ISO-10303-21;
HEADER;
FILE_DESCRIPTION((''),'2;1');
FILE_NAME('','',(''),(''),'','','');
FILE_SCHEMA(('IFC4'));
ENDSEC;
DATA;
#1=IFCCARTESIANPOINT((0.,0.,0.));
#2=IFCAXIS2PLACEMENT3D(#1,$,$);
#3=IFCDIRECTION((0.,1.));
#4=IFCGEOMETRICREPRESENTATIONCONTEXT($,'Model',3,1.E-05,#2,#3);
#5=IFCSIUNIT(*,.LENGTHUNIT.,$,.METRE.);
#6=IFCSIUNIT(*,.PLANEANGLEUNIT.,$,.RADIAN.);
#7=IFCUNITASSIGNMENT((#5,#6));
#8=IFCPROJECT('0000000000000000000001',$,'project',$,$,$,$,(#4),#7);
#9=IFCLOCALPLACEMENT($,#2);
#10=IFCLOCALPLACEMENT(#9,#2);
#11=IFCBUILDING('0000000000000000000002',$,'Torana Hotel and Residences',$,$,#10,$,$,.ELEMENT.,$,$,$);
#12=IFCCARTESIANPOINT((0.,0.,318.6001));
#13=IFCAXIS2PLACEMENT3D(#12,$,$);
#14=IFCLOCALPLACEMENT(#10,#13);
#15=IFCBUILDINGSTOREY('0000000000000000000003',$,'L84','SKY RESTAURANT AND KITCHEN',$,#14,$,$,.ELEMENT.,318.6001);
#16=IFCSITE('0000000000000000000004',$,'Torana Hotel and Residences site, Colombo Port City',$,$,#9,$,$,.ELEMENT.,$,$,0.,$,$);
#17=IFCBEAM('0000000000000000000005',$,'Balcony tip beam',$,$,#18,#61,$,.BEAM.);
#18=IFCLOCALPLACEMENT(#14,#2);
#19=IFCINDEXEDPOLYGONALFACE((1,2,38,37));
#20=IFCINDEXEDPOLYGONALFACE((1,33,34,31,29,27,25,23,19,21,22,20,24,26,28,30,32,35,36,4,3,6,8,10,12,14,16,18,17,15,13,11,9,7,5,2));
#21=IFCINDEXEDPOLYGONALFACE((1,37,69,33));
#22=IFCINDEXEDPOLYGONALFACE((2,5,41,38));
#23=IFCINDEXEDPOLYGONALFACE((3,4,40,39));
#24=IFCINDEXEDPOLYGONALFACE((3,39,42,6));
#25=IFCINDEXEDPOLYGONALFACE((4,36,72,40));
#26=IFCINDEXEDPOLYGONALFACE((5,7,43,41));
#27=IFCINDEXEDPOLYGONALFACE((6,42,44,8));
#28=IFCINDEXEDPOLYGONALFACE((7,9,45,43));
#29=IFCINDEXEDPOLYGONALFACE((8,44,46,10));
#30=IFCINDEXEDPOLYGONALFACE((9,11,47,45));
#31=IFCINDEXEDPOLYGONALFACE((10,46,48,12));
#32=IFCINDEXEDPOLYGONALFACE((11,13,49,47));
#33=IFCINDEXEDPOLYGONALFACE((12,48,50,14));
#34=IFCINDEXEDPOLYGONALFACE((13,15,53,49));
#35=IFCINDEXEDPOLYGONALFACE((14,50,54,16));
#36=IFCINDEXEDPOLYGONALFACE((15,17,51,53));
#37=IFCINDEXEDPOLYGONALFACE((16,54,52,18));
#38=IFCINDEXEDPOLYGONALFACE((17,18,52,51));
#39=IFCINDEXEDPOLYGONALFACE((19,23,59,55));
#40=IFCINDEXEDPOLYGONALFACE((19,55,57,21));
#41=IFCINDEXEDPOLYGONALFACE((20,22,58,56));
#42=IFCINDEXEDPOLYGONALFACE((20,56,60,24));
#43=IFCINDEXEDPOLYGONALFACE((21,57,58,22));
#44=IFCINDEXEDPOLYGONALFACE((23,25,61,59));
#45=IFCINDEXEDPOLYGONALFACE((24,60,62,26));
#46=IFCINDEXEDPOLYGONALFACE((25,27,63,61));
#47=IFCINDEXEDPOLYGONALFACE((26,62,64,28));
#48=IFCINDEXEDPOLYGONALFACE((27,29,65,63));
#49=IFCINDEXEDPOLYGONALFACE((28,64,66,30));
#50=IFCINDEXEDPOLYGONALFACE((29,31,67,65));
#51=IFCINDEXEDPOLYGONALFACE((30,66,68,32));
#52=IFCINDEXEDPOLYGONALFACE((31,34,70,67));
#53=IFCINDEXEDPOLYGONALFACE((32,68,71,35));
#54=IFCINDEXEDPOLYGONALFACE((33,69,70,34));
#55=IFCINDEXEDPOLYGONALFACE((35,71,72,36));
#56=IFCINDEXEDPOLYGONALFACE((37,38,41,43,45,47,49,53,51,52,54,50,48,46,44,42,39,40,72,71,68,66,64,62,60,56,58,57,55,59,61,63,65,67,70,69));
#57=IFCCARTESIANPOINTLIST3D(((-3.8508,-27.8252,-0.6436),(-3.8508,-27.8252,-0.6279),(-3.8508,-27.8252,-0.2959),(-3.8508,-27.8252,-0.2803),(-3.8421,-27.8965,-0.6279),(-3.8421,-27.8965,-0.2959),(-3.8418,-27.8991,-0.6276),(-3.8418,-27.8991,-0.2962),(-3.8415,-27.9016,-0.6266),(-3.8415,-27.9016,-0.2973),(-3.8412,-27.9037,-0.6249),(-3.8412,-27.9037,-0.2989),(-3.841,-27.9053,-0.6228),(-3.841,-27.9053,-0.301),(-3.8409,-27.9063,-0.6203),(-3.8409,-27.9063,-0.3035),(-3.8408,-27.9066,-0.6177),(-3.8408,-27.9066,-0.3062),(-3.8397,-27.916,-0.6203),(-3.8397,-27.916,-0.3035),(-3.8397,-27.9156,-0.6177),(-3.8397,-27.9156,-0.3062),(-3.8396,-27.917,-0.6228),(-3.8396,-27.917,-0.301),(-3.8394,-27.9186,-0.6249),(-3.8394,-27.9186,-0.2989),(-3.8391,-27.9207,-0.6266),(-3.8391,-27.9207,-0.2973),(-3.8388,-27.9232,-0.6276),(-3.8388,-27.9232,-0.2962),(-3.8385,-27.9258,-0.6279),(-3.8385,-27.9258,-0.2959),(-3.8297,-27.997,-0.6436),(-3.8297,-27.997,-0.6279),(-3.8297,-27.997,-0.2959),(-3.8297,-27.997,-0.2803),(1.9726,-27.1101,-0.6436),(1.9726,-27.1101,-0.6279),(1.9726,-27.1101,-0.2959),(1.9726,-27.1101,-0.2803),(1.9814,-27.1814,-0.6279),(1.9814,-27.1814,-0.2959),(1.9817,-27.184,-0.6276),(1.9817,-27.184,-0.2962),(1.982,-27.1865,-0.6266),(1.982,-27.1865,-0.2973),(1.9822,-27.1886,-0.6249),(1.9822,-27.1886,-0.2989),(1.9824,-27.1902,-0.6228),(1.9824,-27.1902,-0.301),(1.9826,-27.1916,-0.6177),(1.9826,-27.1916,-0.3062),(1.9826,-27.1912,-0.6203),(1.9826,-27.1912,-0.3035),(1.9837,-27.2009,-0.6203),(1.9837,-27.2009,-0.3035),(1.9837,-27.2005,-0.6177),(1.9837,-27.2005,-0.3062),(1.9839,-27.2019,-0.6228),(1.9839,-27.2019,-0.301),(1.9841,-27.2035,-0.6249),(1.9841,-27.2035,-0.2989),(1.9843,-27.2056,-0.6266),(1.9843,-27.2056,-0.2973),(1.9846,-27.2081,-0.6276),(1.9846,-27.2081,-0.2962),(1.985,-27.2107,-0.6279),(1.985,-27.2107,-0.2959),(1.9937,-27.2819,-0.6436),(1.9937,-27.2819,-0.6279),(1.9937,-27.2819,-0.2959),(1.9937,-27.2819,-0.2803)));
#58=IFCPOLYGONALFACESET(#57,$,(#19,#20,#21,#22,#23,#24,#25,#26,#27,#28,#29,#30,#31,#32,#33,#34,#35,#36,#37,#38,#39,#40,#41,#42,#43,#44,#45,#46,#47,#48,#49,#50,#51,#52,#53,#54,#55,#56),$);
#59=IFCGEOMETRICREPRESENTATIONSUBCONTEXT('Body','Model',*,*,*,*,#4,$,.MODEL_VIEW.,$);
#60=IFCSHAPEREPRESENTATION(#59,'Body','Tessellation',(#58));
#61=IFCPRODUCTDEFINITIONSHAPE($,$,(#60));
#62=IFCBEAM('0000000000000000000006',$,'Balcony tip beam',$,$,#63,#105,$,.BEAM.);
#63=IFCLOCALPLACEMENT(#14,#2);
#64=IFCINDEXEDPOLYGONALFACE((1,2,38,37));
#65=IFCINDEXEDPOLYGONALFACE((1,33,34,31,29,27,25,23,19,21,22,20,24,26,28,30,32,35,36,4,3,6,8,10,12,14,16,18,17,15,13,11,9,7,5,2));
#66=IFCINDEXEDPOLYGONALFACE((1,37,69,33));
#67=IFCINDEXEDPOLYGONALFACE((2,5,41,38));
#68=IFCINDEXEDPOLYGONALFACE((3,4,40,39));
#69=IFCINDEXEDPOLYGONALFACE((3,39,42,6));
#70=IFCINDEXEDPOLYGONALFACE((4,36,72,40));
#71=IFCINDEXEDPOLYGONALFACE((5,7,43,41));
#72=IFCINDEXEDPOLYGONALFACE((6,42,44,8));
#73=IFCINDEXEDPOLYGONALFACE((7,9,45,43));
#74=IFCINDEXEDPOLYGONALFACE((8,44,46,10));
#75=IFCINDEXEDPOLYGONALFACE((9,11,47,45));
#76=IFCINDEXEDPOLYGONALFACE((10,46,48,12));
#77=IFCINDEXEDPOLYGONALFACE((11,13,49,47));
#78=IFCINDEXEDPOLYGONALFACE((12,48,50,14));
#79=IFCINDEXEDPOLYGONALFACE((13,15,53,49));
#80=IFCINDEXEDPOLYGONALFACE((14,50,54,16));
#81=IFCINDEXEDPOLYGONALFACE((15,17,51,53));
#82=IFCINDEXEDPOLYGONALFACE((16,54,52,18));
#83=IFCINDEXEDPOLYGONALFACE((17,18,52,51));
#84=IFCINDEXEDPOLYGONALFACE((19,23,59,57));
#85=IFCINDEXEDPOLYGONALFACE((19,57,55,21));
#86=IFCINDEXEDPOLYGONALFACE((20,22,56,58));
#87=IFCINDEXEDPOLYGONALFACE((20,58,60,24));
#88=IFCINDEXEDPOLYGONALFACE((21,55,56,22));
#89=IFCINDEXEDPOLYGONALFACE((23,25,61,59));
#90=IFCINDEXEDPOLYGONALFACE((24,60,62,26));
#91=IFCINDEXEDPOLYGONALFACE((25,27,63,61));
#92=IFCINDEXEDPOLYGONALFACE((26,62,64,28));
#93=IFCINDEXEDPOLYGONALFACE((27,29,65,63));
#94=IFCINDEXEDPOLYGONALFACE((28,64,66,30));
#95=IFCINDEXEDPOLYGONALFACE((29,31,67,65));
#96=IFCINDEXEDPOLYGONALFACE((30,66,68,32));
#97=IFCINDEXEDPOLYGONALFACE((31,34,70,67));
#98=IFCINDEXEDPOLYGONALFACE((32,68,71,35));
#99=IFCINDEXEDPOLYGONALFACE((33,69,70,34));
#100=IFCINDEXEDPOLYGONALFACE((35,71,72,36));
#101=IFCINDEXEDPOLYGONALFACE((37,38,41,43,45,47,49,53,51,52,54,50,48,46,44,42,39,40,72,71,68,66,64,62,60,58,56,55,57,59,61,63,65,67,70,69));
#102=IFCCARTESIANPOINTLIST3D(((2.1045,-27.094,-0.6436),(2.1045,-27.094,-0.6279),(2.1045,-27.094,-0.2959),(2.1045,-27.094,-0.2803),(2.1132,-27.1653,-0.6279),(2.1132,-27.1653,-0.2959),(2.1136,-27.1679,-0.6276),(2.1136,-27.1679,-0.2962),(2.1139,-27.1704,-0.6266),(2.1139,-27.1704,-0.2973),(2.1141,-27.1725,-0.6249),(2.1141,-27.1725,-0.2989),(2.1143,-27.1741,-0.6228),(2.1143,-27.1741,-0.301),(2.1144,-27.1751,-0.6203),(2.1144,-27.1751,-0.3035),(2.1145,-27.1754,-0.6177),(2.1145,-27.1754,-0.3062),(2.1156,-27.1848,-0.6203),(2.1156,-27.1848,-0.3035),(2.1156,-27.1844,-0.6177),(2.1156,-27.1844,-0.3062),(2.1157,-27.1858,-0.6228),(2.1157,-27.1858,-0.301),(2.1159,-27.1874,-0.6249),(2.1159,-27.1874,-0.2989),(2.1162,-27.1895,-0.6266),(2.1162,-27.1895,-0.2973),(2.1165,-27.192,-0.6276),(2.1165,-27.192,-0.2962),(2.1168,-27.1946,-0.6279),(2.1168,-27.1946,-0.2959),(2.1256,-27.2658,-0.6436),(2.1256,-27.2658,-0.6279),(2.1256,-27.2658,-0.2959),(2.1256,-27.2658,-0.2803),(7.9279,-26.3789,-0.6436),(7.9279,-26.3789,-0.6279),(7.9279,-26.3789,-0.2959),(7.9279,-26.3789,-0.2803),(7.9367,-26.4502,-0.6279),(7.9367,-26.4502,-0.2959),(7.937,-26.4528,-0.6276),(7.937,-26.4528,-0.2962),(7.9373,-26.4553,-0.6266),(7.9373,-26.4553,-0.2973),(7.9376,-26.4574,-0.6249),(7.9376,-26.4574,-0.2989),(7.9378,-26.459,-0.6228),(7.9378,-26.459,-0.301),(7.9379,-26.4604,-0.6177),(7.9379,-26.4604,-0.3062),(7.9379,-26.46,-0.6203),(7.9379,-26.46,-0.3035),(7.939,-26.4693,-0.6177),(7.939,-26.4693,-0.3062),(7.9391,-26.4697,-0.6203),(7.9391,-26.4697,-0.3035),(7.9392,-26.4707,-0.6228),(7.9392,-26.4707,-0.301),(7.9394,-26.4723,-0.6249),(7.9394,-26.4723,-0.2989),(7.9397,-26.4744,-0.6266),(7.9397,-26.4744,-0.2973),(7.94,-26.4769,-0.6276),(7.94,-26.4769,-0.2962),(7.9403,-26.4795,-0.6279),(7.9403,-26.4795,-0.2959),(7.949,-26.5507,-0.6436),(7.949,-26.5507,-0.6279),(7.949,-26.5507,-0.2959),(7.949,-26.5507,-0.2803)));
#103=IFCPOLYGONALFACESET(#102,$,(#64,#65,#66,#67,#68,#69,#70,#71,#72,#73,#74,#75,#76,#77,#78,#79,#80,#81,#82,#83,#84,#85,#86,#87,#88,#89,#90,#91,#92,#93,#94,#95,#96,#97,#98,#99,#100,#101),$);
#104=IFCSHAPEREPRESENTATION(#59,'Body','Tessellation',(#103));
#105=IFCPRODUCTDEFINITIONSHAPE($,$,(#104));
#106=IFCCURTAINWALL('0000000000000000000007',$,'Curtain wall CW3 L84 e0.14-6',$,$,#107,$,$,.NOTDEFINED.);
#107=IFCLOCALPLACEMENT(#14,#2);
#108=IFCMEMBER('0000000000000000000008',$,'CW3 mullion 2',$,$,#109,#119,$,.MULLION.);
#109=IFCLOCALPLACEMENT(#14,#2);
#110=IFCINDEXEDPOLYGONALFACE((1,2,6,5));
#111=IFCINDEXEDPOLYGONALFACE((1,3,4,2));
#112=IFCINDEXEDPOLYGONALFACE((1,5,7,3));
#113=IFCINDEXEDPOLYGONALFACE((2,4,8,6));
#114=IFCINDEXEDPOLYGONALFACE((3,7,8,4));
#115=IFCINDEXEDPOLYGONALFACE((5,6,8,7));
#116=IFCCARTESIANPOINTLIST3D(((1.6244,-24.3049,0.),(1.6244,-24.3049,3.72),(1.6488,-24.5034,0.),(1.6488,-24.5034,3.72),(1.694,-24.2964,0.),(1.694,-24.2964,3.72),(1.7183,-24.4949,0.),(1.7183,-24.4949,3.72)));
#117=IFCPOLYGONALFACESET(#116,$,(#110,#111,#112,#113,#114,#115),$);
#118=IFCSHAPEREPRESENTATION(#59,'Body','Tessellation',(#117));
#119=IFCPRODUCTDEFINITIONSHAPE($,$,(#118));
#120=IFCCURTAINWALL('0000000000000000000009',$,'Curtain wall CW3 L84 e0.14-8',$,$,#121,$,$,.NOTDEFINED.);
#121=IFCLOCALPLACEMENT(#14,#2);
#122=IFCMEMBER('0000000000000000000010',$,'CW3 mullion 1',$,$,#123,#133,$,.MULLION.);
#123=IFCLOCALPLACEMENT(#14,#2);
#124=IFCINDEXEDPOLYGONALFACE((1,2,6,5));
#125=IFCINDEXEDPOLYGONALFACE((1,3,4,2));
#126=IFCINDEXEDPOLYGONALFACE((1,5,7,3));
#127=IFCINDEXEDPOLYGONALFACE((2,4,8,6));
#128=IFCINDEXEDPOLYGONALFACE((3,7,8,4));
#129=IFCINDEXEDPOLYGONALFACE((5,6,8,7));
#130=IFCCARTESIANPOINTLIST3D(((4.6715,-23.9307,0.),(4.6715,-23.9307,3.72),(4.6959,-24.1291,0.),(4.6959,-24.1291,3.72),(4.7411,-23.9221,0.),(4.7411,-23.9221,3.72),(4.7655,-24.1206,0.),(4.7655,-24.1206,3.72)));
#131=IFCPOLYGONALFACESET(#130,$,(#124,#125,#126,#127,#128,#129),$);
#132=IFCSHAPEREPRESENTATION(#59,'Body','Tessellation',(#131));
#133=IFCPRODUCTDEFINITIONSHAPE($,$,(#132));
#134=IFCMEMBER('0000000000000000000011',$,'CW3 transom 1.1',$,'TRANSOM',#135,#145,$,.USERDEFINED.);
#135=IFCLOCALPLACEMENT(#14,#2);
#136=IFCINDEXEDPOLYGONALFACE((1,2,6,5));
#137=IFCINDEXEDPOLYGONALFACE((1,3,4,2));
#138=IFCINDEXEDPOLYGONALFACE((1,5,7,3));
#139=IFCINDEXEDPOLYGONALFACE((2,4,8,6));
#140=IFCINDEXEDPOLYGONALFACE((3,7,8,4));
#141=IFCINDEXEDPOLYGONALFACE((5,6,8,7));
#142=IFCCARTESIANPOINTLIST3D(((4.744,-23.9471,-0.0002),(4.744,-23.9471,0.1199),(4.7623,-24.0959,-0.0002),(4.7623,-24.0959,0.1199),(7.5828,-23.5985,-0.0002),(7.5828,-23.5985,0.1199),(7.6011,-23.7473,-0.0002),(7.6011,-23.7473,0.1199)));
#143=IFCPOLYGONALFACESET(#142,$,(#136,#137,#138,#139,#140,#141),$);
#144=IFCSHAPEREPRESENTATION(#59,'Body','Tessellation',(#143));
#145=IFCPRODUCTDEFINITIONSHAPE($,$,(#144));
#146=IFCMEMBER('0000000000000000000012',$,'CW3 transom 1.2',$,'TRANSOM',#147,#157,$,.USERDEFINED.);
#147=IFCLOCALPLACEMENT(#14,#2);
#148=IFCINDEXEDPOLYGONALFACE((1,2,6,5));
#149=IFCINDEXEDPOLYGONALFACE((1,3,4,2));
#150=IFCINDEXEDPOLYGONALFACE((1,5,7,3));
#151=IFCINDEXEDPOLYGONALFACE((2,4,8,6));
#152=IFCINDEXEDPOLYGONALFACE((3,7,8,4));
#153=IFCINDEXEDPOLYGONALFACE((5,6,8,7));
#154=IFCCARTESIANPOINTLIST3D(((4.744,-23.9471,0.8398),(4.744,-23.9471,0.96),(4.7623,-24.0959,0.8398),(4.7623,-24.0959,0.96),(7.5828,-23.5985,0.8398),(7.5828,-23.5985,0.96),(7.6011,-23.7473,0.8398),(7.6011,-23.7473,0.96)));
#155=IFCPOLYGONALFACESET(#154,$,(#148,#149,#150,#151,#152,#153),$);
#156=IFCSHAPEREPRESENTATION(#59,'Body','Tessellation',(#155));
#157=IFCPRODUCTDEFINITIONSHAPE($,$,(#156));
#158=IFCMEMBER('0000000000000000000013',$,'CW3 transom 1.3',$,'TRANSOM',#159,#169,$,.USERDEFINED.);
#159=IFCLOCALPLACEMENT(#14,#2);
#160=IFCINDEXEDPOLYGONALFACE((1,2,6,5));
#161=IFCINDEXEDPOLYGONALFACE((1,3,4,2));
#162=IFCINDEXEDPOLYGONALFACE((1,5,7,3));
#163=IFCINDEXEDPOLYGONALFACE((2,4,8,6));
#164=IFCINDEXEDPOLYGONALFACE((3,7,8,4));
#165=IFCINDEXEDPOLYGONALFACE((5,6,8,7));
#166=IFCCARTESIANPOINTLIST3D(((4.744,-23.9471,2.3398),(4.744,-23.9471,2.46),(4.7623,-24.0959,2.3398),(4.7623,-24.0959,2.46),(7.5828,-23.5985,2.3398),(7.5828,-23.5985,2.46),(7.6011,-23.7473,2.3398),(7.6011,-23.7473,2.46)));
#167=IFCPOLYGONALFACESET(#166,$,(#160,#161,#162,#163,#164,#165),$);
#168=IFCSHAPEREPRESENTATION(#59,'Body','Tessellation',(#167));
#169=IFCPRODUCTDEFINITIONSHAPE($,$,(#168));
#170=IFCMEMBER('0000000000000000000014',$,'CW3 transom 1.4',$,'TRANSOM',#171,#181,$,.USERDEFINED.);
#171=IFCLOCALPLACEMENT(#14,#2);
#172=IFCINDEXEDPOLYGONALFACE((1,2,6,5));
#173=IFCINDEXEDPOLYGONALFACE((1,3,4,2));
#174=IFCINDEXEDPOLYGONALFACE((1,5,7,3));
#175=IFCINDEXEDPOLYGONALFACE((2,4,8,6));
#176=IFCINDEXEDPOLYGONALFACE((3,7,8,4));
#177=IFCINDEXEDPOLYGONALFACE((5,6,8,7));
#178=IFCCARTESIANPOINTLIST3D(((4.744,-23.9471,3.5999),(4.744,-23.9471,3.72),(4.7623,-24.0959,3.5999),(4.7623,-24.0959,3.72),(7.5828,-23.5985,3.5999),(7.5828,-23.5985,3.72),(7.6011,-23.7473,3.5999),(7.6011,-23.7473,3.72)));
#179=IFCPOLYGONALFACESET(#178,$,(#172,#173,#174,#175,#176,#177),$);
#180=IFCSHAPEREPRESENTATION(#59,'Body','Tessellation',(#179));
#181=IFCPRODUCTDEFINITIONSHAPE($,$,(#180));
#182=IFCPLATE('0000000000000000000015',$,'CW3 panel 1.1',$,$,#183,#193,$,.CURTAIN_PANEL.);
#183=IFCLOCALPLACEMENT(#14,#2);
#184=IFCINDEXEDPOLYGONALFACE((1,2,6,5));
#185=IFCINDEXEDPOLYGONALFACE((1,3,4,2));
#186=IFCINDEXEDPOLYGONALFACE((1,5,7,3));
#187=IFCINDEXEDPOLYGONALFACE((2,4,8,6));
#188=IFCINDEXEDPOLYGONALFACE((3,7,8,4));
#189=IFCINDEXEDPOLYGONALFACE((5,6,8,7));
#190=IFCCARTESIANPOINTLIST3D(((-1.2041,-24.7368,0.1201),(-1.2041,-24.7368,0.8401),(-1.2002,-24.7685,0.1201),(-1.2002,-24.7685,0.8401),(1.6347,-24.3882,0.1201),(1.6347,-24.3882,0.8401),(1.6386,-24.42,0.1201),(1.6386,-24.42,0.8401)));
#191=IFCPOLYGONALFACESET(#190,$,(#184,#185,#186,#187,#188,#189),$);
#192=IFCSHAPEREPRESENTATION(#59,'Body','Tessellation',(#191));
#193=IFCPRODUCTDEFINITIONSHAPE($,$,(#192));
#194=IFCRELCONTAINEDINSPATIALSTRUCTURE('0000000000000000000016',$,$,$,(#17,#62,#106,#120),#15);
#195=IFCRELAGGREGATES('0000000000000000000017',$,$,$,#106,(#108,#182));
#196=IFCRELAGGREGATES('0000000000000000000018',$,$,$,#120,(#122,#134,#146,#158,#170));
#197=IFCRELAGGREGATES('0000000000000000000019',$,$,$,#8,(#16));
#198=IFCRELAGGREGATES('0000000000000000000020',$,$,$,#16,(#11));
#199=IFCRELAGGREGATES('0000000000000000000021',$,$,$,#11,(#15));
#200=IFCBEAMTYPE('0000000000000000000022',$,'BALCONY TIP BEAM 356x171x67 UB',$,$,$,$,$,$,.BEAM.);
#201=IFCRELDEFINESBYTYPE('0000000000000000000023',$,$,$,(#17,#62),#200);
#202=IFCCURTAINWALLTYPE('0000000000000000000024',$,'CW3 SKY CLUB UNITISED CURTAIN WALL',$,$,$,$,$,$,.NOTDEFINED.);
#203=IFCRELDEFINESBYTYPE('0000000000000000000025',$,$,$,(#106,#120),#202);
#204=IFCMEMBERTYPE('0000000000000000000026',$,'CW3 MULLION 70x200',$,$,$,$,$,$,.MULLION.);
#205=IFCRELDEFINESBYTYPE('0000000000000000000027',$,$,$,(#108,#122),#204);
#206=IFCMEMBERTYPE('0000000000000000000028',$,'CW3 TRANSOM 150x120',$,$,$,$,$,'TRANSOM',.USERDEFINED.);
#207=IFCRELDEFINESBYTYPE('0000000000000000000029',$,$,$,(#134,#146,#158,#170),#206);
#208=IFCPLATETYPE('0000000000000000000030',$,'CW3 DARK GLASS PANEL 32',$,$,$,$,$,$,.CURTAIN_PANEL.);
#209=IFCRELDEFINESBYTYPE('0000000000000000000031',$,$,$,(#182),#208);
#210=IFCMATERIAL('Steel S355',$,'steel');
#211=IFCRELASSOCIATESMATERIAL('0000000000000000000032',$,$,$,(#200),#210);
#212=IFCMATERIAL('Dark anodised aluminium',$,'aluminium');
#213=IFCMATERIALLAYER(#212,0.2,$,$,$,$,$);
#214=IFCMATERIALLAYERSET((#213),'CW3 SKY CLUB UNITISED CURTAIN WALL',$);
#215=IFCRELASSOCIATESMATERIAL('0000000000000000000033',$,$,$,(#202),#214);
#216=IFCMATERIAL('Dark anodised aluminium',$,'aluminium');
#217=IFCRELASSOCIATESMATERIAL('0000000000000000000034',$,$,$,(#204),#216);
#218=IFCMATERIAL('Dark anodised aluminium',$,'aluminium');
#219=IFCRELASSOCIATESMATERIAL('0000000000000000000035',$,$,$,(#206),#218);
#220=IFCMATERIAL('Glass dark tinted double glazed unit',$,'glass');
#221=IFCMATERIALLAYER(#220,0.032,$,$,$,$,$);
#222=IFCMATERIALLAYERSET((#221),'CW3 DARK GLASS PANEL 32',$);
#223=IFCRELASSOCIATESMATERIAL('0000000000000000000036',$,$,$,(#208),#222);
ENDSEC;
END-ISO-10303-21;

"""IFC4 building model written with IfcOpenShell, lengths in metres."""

from ifc_helpers import new_model, si_unit, direction, frame, origin, origin_2d, place, context, subcontext, project, spatial, rectangle, i_section, extrude, material, layer, layer_set, material_profile, profile_set, type_object, element, aggregate, save


model = new_model("IFC4")

# Units and contexts
model_context = context("Model", 3, precision=1e-05, world=origin(), true_north=direction((0.0, 1.0)))
body_context = subcontext(model_context, "Body", "Model", "MODEL_VIEW")
ifc_project = project(units=[si_unit("LENGTHUNIT", "METRE"), si_unit("PLANEANGLEUNIT", "RADIAN")], contexts=[model_context])

# Site, building, storey
site_placement = place(None, origin())
site = spatial("IfcSite", under=ifc_project, at=site_placement, Name="Torana Hotel and Residences site, Colombo Port City", CompositionType="ELEMENT", RefElevation=0.0)
building_placement = place(site_placement, origin())
building = spatial("IfcBuilding", under=site, at=building_placement, Name="Torana Hotel and Residences", CompositionType="ELEMENT")
storey_placement = place(building_placement, frame((0.0, 0.0, 318.6001)))
storey = spatial("IfcBuildingStorey", under=building, at=storey_placement, Name="L84", Description="SKY RESTAURANT AND KITCHEN", CompositionType="ELEMENT", Elevation=318.6001)

# Beams
ifc_material_1 = material(Name="Steel S355", Category="steel")
ifc_material_profile_1 = material_profile(ifc_material_1, i_section(OverallWidth=0.1731, OverallDepth=0.3633, WebThickness=0.009, FlangeThickness=0.0156, FilletRadius=0.0103, at=origin_2d()), Name="356x171x67 UB")
ifc_profile_set_1 = profile_set([ifc_material_profile_1], Name="Steel S355")
beam_type = type_object("IfcBeamType", Name="BALCONY TIP BEAM 356x171x67 UB", PredefinedType="BEAM", material=ifc_profile_set_1)
for number, where, z_axis, x_axis, name in (
    (1, (1.9832, -27.196, -0.4619), (-0.992545, -0.121878, 0.0), (0.121878, -0.992545, 0.0), "Balcony tip beam"),
    (2, (7.9385, -26.4648, -0.4619), (-0.992545, -0.121878, 0.0), (0.121878, -0.992545, 0.0), "Balcony tip beam"),
):
    element("IfcBeam", number, at=place(storey_placement, frame(where, z_axis=z_axis, x_axis=x_axis)), inside=storey, type_object=beam_type, Name=name, PredefinedType="BEAM", context=body_context, shape_type="SweptSolid", body=[
        extrude(i_section(OverallWidth=0.1731, OverallDepth=0.3633, WebThickness=0.009, FlangeThickness=0.0156, FilletRadius=0.0103, at=origin_2d()), origin(), (0.0, 0.0, 1.0), 5.8672),
    ])

# Curtain wall, member
ifc_material_2 = material(Name="Dark anodised aluminium", Category="aluminium")
ifc_layer_1 = layer(ifc_material_2, 0.2)
ifc_layer_set_1 = layer_set([ifc_layer_1], Name="CW3 SKY CLUB UNITISED CURTAIN WALL")
curtain_wall_type = type_object("IfcCurtainWallType", Name="CW3 SKY CLUB UNITISED CURTAIN WALL", PredefinedType="NOTDEFINED", material=ifc_layer_set_1)
curtain_wall_1_placement = place(storey_placement, origin())
curtain_wall_1 = element("IfcCurtainWall", 3, at=curtain_wall_1_placement, inside=storey, type_object=curtain_wall_type, Name="Curtain wall CW3 L84 e0.14-6", PredefinedType="NOTDEFINED")
ifc_material_3 = material(Name="Dark anodised aluminium", Category="aluminium")
ifc_material_profile_2 = material_profile(ifc_material_3, rectangle(XDim=0.2, YDim=0.0701, at=origin_2d()), Name="CW3 MULLION 70x200")
ifc_profile_set_2 = profile_set([ifc_material_profile_2], Name="Dark anodised aluminium")
member_type_1 = type_object("IfcMemberType", Name="CW3 MULLION 70x200", PredefinedType="MULLION", material=ifc_profile_set_2)
member_1_placement = place(storey_placement, frame((1.6714, -24.3999, 0.0), z_axis=(0.0, 0.0, 1.0), x_axis=(-0.121864, 0.992547, 0.0)))
member_1 = element("IfcMember", 4, at=member_1_placement, type_object=member_type_1, Name="CW3 mullion 2", PredefinedType="MULLION", context=body_context, shape_type="SweptSolid", body=[
    extrude(rectangle(XDim=0.2, YDim=0.0701, at=origin_2d()), origin(), (0.0, 0.0, 1.0), 3.72),
])

# Curtain wall, members
curtain_wall_2_placement = place(storey_placement, origin())
curtain_wall_2 = element("IfcCurtainWall", 5, at=curtain_wall_2_placement, inside=storey, type_object=curtain_wall_type, Name="Curtain wall CW3 L84 e0.14-8", PredefinedType="NOTDEFINED")
member_2_placement = place(storey_placement, frame((4.7185, -24.0256, 0.0), z_axis=(0.0, 0.0, 1.0), x_axis=(-0.121868, 0.992546, 0.0)))
member_2 = element("IfcMember", 6, at=member_2_placement, type_object=member_type_1, Name="CW3 mullion 1", PredefinedType="MULLION", context=body_context, shape_type="SweptSolid", body=[
    extrude(rectangle(XDim=0.2, YDim=0.0701, at=origin_2d()), origin(), (0.0, 0.0, 1.0), 3.72),
])
ifc_material_4 = material(Name="Dark anodised aluminium", Category="aluminium")
ifc_material_profile_3 = material_profile(ifc_material_4, rectangle(XDim=0.1499, YDim=0.1201, at=origin_2d()), Name="CW3 TRANSOM 150x120")
ifc_profile_set_3 = profile_set([ifc_material_profile_3], Name="Dark anodised aluminium")
member_type_2 = type_object("IfcMemberType", Name="CW3 TRANSOM 150x120", ElementType="TRANSOM", PredefinedType="USERDEFINED", material=ifc_profile_set_3)
member_3_placement = place(storey_placement, frame((4.7532, -24.0215, 0.0598), z_axis=(0.992543, 0.121891, 0.0), x_axis=(-0.121891, 0.992543, 0.0)))
member_3 = element("IfcMember", 7, at=member_3_placement, type_object=member_type_2, Name="CW3 transom 1.1", ObjectType="TRANSOM", PredefinedType="USERDEFINED", context=body_context, shape_type="SweptSolid", body=[
    extrude(rectangle(XDim=0.1499, YDim=0.1201, at=origin_2d()), origin(), (0.0, 0.0, 1.0), 2.8601),
])
member_4_placement = place(storey_placement, frame((4.7532, -24.0215, 0.8999), z_axis=(0.992543, 0.121891, 0.0), x_axis=(-0.121891, 0.992543, 0.0)))
member_4 = element("IfcMember", 8, at=member_4_placement, type_object=member_type_2, Name="CW3 transom 1.2", ObjectType="TRANSOM", PredefinedType="USERDEFINED", context=body_context, shape_type="SweptSolid", body=[
    extrude(rectangle(XDim=0.1499, YDim=0.1201, at=origin_2d()), origin(), (0.0, 0.0, 1.0), 2.8601),
])
member_5_placement = place(storey_placement, frame((4.7532, -24.0215, 2.3999), z_axis=(0.992543, 0.121891, 0.0), x_axis=(-0.121891, 0.992543, 0.0)))
member_5 = element("IfcMember", 9, at=member_5_placement, type_object=member_type_2, Name="CW3 transom 1.3", ObjectType="TRANSOM", PredefinedType="USERDEFINED", context=body_context, shape_type="SweptSolid", body=[
    extrude(rectangle(XDim=0.1499, YDim=0.1201, at=origin_2d()), origin(), (0.0, 0.0, 1.0), 2.8601),
])
member_6_placement = place(storey_placement, frame((4.7532, -24.0215, 3.6599), z_axis=(0.992543, 0.121891, 0.0), x_axis=(-0.121891, 0.992543, 0.0)))
member_6 = element("IfcMember", 10, at=member_6_placement, type_object=member_type_2, Name="CW3 transom 1.4", ObjectType="TRANSOM", PredefinedType="USERDEFINED", context=body_context, shape_type="SweptSolid", body=[
    extrude(rectangle(XDim=0.1499, YDim=0.1201, at=origin_2d()), origin(), (0.0, 0.0, 1.0), 2.8601),
])

# Plate
ifc_material_5 = material(Name="Glass dark tinted double glazed unit", Category="glass")
ifc_layer_2 = layer(ifc_material_5, 0.032)
ifc_layer_set_2 = layer_set([ifc_layer_2], Name="CW3 DARK GLASS PANEL 32")
plate_type = type_object("IfcPlateType", Name="CW3 DARK GLASS PANEL 32", PredefinedType="CURTAIN_PANEL", material=ifc_layer_set_2)
plate_1_placement = place(storey_placement, frame((0.2173, -24.5784, 0.1201), z_axis=(0.0, 0.0, 1.0), x_axis=(0.992547, 0.121864, 0.0)))
plate_1 = element("IfcPlate", 11, at=plate_1_placement, type_object=plate_type, Name="CW3 panel 1.1", PredefinedType="CURTAIN_PANEL", context=body_context, shape_type="SweptSolid", body=[
    extrude(rectangle(XDim=2.8601, YDim=0.032, at=origin_2d()), origin(), (0.0, 0.0, 1.0), 0.72),
])
aggregate(curtain_wall_1, [member_1, plate_1])
aggregate(curtain_wall_2, [member_2, member_3, member_4, member_5, member_6])

save(model, "model.ifc")
